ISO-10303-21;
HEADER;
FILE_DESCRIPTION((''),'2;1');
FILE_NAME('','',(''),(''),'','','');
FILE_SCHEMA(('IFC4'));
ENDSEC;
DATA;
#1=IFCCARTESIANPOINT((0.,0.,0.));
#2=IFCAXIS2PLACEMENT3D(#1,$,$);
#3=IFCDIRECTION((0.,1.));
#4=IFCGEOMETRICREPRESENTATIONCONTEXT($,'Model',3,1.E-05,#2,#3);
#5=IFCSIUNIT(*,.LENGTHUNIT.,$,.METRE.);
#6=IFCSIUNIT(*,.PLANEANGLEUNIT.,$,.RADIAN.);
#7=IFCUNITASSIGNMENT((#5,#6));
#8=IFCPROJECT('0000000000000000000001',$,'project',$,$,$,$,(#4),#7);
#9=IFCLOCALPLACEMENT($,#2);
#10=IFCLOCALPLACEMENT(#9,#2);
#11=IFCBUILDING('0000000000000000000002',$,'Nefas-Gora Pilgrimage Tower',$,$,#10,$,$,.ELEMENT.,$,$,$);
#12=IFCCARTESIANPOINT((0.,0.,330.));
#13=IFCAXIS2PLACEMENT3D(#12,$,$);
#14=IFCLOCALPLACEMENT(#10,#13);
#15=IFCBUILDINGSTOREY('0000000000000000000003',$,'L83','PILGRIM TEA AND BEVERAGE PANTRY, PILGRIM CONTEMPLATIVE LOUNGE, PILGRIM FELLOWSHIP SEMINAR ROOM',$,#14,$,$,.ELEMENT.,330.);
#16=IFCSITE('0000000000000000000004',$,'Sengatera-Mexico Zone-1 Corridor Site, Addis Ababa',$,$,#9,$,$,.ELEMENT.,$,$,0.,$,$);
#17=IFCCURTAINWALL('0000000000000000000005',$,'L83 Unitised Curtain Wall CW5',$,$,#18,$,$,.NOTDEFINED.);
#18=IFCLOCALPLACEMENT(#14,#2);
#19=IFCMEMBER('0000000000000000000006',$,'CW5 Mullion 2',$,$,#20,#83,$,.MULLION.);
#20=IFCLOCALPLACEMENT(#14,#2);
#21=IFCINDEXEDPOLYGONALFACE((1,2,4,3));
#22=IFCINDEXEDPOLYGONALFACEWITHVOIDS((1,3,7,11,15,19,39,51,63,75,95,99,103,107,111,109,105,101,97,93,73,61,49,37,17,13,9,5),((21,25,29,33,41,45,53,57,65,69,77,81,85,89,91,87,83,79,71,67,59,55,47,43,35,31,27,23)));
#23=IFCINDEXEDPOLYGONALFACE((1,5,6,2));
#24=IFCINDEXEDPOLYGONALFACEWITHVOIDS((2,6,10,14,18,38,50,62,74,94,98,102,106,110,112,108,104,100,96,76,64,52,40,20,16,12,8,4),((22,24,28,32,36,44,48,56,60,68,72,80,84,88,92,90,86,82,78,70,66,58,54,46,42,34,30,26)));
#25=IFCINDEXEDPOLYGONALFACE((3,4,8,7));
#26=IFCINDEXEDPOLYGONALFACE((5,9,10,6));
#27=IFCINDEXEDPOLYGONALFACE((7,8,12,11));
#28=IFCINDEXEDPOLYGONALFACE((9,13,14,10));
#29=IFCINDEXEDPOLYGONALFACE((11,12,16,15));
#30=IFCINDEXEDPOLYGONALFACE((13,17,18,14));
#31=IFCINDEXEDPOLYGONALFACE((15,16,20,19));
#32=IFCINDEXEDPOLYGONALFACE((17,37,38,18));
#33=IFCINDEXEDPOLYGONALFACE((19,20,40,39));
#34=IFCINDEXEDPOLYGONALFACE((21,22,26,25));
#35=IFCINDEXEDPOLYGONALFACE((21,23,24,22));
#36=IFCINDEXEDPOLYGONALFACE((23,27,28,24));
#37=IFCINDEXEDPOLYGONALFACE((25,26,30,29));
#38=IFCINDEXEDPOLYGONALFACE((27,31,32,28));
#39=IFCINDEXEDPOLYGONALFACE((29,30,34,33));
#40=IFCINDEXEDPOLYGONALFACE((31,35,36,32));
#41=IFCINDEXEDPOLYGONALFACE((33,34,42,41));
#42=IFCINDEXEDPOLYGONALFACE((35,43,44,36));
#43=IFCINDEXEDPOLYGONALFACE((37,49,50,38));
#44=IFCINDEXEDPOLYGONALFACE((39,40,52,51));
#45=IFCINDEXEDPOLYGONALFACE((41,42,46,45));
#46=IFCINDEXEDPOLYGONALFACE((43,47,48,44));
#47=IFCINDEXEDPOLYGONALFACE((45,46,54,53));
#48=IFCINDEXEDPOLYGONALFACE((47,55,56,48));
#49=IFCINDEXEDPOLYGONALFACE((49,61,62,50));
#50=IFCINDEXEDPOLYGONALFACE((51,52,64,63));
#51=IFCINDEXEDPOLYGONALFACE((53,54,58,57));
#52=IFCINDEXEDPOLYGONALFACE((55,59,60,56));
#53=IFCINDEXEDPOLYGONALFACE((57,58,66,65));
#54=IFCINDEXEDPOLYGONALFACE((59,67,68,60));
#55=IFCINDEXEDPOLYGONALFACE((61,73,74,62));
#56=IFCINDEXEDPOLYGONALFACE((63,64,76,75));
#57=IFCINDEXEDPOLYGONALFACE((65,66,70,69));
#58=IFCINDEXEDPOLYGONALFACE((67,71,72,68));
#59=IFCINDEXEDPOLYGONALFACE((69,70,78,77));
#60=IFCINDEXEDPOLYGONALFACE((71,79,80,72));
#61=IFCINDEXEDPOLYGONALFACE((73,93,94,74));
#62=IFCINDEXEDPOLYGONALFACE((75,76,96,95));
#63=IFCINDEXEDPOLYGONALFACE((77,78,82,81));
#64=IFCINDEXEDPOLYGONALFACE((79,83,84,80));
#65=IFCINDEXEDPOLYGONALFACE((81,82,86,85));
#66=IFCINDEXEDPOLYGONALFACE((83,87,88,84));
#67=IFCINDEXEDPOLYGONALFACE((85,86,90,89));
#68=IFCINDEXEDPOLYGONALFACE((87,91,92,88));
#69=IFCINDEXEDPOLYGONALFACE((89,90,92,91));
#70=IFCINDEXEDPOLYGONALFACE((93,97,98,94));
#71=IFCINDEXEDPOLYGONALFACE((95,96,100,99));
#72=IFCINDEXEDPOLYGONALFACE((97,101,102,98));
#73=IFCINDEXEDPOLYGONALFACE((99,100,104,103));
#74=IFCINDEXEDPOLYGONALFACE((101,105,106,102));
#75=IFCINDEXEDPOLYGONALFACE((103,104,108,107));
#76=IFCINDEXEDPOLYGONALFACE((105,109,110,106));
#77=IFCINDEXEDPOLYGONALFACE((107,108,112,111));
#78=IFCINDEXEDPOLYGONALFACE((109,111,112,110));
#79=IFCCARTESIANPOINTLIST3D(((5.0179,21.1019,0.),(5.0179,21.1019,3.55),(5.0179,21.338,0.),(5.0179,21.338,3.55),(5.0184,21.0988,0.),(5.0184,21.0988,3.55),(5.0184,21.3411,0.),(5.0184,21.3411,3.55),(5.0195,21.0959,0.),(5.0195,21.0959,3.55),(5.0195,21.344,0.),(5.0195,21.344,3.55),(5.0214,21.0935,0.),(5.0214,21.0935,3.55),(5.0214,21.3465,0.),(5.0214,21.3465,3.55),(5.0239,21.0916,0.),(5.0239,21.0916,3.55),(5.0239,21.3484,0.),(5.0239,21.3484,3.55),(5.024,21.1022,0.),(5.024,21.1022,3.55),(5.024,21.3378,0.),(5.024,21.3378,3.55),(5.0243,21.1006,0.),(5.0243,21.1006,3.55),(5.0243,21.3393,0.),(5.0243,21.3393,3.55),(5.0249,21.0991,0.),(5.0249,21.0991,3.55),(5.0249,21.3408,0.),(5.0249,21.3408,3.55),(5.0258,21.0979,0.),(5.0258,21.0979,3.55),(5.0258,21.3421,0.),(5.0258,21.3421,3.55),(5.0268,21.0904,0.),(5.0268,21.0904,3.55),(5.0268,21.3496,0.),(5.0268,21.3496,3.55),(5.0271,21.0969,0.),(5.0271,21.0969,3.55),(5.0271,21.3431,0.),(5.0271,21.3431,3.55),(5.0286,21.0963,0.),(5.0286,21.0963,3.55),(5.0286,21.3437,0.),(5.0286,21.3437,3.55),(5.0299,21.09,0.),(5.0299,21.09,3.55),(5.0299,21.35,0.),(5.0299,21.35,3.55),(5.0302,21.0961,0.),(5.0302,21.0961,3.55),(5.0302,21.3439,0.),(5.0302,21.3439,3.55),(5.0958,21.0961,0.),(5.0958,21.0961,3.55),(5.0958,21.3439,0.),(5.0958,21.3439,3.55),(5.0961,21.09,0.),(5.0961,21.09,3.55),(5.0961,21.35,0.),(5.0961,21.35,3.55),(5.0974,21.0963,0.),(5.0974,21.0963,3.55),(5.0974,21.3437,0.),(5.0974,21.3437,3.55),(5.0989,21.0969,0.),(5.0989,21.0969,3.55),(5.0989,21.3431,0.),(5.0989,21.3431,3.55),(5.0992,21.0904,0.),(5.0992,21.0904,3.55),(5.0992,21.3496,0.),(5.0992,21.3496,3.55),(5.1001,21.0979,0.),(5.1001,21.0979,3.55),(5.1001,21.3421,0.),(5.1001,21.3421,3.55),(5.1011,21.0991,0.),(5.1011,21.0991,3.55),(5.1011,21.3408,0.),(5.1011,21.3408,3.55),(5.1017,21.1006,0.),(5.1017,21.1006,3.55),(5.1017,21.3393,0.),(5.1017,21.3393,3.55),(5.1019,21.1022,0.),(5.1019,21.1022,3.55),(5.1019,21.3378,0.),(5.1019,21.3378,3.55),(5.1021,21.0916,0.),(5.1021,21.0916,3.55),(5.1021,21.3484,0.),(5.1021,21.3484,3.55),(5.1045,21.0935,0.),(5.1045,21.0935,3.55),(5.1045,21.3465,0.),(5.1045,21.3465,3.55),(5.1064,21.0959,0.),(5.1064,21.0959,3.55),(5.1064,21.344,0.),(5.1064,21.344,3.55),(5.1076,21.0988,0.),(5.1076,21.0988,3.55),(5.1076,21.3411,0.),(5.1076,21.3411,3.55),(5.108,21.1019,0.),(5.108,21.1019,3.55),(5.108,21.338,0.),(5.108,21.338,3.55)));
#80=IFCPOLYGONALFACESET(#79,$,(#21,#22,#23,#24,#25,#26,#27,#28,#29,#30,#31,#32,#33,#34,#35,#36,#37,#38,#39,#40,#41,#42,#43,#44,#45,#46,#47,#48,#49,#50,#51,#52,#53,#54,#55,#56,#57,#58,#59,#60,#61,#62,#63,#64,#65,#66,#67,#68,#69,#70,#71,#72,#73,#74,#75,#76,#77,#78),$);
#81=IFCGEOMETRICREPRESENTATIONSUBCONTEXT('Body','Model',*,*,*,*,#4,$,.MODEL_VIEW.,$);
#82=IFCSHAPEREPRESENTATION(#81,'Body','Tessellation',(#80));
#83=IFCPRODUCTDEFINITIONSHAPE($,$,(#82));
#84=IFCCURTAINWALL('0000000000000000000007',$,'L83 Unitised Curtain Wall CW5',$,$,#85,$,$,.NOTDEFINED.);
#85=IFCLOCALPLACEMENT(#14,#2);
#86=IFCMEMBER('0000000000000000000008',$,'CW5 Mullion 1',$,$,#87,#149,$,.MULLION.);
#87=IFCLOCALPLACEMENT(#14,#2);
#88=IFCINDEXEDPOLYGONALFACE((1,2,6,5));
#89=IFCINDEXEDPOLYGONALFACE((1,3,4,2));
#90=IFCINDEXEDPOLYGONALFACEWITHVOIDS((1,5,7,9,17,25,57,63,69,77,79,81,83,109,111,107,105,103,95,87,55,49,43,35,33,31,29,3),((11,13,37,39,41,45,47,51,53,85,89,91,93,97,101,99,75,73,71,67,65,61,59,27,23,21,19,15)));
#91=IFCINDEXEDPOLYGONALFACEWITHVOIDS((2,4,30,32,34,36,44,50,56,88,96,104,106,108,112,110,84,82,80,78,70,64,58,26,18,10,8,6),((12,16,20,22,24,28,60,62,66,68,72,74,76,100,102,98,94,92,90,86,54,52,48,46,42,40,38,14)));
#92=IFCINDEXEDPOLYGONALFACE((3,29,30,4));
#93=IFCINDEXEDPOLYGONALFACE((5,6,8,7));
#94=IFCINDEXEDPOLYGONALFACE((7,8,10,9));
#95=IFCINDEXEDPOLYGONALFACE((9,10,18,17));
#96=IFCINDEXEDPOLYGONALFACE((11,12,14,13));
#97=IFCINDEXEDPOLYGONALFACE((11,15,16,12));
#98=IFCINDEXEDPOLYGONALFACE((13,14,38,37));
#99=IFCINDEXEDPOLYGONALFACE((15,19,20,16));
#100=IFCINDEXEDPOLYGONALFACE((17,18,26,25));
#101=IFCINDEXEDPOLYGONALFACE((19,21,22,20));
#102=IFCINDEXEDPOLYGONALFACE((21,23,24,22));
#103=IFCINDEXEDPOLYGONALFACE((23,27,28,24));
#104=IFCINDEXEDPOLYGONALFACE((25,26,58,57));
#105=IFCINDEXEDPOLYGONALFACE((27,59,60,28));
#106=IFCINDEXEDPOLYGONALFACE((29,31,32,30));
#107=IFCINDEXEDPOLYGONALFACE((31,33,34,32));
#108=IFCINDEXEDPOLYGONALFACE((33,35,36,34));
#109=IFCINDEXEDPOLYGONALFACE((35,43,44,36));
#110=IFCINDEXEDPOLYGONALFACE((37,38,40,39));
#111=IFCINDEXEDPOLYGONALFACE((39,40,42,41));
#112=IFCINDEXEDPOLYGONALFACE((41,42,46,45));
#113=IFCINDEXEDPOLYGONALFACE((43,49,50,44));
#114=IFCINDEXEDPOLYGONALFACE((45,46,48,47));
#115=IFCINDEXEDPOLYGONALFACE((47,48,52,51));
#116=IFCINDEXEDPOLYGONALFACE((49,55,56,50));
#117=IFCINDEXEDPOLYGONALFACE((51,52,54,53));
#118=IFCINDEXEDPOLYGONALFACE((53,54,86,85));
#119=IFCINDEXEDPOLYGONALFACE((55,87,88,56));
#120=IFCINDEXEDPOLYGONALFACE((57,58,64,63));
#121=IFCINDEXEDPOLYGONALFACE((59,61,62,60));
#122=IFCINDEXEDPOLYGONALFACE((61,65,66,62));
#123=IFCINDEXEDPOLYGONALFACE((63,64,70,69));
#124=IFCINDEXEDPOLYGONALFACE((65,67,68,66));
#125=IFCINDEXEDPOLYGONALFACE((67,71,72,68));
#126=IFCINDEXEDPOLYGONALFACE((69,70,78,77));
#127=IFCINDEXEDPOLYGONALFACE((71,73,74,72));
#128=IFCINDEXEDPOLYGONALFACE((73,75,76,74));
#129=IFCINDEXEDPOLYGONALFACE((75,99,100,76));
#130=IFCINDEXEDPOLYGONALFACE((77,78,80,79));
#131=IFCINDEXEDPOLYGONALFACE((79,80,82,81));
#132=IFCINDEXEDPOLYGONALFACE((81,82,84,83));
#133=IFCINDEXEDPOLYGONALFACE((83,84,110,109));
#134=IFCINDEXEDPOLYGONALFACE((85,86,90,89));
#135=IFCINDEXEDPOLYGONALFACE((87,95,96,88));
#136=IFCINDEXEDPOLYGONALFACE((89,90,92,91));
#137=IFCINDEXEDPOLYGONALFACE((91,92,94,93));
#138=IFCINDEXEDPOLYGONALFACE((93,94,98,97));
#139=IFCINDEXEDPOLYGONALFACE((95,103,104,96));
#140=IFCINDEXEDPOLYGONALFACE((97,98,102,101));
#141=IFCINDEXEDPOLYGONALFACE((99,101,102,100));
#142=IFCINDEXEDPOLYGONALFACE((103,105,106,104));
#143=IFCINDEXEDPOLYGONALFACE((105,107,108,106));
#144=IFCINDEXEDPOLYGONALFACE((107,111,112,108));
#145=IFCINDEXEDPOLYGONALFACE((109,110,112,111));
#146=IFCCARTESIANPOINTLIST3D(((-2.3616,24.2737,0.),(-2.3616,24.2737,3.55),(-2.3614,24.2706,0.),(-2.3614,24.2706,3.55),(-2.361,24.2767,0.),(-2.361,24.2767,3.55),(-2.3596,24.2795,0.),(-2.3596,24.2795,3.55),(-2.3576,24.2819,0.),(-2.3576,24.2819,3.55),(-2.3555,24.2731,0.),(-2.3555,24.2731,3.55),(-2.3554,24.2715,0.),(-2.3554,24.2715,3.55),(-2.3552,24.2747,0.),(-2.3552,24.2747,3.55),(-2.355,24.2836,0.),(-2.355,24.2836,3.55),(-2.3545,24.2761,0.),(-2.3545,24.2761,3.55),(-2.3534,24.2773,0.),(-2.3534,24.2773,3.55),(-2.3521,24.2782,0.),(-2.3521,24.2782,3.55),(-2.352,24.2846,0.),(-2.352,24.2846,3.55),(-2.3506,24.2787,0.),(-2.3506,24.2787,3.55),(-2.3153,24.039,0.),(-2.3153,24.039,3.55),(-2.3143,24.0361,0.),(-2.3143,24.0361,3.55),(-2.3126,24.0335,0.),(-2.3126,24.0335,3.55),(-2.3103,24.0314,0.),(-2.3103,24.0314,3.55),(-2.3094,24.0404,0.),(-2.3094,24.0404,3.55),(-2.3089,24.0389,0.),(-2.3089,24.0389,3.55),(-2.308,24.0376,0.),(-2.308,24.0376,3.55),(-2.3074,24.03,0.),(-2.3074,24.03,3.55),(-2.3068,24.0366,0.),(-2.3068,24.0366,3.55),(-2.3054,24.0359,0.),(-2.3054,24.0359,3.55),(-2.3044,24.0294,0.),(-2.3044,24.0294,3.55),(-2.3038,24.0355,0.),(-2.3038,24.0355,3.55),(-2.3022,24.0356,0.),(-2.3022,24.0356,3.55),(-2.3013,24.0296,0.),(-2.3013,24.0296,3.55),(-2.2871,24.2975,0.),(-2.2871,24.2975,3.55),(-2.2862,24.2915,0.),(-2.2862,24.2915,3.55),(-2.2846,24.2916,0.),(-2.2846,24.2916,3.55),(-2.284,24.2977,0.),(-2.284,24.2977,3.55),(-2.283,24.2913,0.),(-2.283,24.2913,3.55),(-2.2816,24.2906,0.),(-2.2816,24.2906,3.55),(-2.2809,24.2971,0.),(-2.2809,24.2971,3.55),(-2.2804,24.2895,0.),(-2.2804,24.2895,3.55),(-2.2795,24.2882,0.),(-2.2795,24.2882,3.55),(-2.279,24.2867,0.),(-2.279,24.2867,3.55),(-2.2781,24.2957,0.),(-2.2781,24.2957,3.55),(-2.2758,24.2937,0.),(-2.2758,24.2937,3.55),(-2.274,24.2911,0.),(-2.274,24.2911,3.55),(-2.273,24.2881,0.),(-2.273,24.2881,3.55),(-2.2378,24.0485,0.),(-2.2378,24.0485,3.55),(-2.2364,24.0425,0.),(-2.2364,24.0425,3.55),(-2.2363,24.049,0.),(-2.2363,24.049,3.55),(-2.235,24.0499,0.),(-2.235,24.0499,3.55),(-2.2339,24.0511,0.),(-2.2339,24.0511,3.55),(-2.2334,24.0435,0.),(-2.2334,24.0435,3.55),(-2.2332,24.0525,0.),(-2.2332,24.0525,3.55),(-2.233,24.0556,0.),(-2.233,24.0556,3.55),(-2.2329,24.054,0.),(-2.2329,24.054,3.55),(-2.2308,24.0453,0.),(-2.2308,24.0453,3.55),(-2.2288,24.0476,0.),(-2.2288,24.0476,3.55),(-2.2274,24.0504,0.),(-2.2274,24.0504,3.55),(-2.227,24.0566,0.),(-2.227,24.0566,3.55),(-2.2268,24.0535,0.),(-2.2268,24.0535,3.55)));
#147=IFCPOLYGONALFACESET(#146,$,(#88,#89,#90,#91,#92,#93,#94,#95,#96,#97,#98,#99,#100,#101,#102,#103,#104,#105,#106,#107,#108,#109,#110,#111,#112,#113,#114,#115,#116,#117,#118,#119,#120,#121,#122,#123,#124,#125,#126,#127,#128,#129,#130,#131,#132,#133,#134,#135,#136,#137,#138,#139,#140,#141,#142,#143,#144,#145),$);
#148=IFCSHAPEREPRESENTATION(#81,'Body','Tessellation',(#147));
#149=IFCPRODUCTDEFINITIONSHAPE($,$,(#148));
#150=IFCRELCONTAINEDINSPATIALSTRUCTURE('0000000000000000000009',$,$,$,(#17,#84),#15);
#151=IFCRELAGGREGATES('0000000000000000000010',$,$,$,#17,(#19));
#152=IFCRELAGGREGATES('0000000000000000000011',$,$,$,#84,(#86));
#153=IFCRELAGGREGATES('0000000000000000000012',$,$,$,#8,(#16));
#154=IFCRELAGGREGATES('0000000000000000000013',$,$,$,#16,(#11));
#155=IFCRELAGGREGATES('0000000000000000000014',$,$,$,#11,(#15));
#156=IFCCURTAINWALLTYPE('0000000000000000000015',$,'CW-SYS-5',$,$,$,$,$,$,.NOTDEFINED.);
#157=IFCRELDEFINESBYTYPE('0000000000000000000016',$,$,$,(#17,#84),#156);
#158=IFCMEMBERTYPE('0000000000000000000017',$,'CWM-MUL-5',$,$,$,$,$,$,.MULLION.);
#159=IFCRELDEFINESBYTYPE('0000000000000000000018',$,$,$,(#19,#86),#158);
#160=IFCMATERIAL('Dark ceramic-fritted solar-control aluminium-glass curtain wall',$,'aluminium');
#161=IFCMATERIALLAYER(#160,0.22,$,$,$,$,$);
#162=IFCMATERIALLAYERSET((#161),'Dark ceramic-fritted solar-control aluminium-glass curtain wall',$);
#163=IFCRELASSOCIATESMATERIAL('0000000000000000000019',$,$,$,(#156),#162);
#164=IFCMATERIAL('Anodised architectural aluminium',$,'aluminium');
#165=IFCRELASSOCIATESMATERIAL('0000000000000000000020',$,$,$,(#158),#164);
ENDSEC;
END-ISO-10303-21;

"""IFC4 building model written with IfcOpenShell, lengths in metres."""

from ifc_helpers import new_model, si_unit, direction, frame, origin, origin_2d, place, context, subcontext, project, spatial, hollow_rectangle, extrude, source, transform, mapped, material, layer, layer_set, material_profile, profile_set, type_object, element, aggregate, save


model = new_model("IFC4")

# Units and contexts
model_context = context("Model", 3, precision=1e-05, world=origin(), true_north=direction((0.0, 1.0)))
body_context = subcontext(model_context, "Body", "Model", "MODEL_VIEW")
ifc_project = project(units=[si_unit("LENGTHUNIT", "METRE"), si_unit("PLANEANGLEUNIT", "RADIAN")], contexts=[model_context])

# Site, building, storey
site_placement = place(None, origin())
site = spatial("IfcSite", under=ifc_project, at=site_placement, Name="Sengatera-Mexico Zone-1 Corridor Site, Addis Ababa", CompositionType="ELEMENT", RefElevation=0.0)
building_placement = place(site_placement, origin())
building = spatial("IfcBuilding", under=site, at=building_placement, Name="Nefas-Gora Pilgrimage Tower", CompositionType="ELEMENT")
storey_placement = place(building_placement, frame((0.0, 0.0, 330.0)))
storey = spatial("IfcBuildingStorey", under=building, at=storey_placement, Name="L83", Description="PILGRIM TEA AND BEVERAGE PANTRY, PILGRIM CONTEMPLATIVE LOUNGE, PILGRIM FELLOWSHIP SEMINAR ROOM", CompositionType="ELEMENT", Elevation=330.0)

# Curtain wall, member
ifc_material_1 = material(Name="Dark ceramic-fritted solar-control aluminium-glass curtain wall", Category="aluminium")
ifc_layer_1 = layer(ifc_material_1, 0.22)
ifc_layer_set_1 = layer_set([ifc_layer_1], Name="Dark ceramic-fritted solar-control aluminium-glass curtain wall")
curtain_wall_type = type_object("IfcCurtainWallType", Name="CW-SYS-5", PredefinedType="NOTDEFINED", material=ifc_layer_set_1)
curtain_wall_1_placement = place(storey_placement, origin())
curtain_wall_1 = element("IfcCurtainWall", 1, at=curtain_wall_1_placement, inside=storey, type_object=curtain_wall_type, Name="L83 Unitised Curtain Wall CW5", PredefinedType="NOTDEFINED")
ifc_material_2 = material(Name="Anodised architectural aluminium", Category="aluminium")
ifc_material_profile_1 = material_profile(ifc_material_2, hollow_rectangle(XDim=0.0901, YDim=0.26, WallThickness=0.0061, InnerFilletRadius=0.0061, OuterFilletRadius=0.012, at=origin_2d()), Name="ALU MULLION 90x260")
ifc_profile_set_1 = profile_set([ifc_material_profile_1], Name="Anodised architectural aluminium")
member_type_1 = type_object("IfcMemberType", Name="CWM-MUL-5", PredefinedType="MULLION", material=ifc_profile_set_1)
shared_shape_1 = source(origin(), body_context, "Body", "SweptSolid", [
    extrude(hollow_rectangle(XDim=0.0901, YDim=0.26, WallThickness=0.0061, InnerFilletRadius=0.0061, OuterFilletRadius=0.012, at=origin_2d()), origin(), (0.0, 0.0, 1.0), 3.55),
])
member_1_placement = place(storey_placement, frame((5.063, 21.22, 0.0), z_axis=(0.0, 0.0, 1.0), x_axis=(-1.0, 0.0, 0.0)))
member_1 = element("IfcMember", 2, at=member_1_placement, type_object=member_type_1, Name="CW5 Mullion 2", PredefinedType="MULLION", context=body_context, shape_type="MappedRepresentation", body=[
    mapped(shared_shape_1, transform((0.0, 0.0, 0.0), x_axis=(1.0, 0.0, 0.0), y_axis=(0.0, 1.0, 0.0), z_axis=(0.0, 0.0, 1.0), scale=1.0)),
])
aggregate(curtain_wall_1, [member_1])

# Curtain wall, member
curtain_wall_2_placement = place(storey_placement, origin())
curtain_wall_2 = element("IfcCurtainWall", 3, at=curtain_wall_2_placement, inside=storey, type_object=curtain_wall_type, Name="L83 Unitised Curtain Wall CW5", PredefinedType="NOTDEFINED")
member_2_placement = place(storey_placement, frame((-2.2942, 24.1636, 0.0), z_axis=(0.0, 0.0, 1.0), x_axis=(-0.980783, -0.195102, 0.0)))
member_2 = element("IfcMember", 4, at=member_2_placement, type_object=member_type_1, Name="CW5 Mullion 1", PredefinedType="MULLION", context=body_context, shape_type="MappedRepresentation", body=[
    mapped(shared_shape_1, transform((0.0, 0.0, 0.0), x_axis=(1.0, 0.0, 0.0), y_axis=(0.0, 1.0, 0.0), z_axis=(0.0, 0.0, 1.0), scale=1.0)),
])
aggregate(curtain_wall_2, [member_2])

save(model, "model.ifc")
